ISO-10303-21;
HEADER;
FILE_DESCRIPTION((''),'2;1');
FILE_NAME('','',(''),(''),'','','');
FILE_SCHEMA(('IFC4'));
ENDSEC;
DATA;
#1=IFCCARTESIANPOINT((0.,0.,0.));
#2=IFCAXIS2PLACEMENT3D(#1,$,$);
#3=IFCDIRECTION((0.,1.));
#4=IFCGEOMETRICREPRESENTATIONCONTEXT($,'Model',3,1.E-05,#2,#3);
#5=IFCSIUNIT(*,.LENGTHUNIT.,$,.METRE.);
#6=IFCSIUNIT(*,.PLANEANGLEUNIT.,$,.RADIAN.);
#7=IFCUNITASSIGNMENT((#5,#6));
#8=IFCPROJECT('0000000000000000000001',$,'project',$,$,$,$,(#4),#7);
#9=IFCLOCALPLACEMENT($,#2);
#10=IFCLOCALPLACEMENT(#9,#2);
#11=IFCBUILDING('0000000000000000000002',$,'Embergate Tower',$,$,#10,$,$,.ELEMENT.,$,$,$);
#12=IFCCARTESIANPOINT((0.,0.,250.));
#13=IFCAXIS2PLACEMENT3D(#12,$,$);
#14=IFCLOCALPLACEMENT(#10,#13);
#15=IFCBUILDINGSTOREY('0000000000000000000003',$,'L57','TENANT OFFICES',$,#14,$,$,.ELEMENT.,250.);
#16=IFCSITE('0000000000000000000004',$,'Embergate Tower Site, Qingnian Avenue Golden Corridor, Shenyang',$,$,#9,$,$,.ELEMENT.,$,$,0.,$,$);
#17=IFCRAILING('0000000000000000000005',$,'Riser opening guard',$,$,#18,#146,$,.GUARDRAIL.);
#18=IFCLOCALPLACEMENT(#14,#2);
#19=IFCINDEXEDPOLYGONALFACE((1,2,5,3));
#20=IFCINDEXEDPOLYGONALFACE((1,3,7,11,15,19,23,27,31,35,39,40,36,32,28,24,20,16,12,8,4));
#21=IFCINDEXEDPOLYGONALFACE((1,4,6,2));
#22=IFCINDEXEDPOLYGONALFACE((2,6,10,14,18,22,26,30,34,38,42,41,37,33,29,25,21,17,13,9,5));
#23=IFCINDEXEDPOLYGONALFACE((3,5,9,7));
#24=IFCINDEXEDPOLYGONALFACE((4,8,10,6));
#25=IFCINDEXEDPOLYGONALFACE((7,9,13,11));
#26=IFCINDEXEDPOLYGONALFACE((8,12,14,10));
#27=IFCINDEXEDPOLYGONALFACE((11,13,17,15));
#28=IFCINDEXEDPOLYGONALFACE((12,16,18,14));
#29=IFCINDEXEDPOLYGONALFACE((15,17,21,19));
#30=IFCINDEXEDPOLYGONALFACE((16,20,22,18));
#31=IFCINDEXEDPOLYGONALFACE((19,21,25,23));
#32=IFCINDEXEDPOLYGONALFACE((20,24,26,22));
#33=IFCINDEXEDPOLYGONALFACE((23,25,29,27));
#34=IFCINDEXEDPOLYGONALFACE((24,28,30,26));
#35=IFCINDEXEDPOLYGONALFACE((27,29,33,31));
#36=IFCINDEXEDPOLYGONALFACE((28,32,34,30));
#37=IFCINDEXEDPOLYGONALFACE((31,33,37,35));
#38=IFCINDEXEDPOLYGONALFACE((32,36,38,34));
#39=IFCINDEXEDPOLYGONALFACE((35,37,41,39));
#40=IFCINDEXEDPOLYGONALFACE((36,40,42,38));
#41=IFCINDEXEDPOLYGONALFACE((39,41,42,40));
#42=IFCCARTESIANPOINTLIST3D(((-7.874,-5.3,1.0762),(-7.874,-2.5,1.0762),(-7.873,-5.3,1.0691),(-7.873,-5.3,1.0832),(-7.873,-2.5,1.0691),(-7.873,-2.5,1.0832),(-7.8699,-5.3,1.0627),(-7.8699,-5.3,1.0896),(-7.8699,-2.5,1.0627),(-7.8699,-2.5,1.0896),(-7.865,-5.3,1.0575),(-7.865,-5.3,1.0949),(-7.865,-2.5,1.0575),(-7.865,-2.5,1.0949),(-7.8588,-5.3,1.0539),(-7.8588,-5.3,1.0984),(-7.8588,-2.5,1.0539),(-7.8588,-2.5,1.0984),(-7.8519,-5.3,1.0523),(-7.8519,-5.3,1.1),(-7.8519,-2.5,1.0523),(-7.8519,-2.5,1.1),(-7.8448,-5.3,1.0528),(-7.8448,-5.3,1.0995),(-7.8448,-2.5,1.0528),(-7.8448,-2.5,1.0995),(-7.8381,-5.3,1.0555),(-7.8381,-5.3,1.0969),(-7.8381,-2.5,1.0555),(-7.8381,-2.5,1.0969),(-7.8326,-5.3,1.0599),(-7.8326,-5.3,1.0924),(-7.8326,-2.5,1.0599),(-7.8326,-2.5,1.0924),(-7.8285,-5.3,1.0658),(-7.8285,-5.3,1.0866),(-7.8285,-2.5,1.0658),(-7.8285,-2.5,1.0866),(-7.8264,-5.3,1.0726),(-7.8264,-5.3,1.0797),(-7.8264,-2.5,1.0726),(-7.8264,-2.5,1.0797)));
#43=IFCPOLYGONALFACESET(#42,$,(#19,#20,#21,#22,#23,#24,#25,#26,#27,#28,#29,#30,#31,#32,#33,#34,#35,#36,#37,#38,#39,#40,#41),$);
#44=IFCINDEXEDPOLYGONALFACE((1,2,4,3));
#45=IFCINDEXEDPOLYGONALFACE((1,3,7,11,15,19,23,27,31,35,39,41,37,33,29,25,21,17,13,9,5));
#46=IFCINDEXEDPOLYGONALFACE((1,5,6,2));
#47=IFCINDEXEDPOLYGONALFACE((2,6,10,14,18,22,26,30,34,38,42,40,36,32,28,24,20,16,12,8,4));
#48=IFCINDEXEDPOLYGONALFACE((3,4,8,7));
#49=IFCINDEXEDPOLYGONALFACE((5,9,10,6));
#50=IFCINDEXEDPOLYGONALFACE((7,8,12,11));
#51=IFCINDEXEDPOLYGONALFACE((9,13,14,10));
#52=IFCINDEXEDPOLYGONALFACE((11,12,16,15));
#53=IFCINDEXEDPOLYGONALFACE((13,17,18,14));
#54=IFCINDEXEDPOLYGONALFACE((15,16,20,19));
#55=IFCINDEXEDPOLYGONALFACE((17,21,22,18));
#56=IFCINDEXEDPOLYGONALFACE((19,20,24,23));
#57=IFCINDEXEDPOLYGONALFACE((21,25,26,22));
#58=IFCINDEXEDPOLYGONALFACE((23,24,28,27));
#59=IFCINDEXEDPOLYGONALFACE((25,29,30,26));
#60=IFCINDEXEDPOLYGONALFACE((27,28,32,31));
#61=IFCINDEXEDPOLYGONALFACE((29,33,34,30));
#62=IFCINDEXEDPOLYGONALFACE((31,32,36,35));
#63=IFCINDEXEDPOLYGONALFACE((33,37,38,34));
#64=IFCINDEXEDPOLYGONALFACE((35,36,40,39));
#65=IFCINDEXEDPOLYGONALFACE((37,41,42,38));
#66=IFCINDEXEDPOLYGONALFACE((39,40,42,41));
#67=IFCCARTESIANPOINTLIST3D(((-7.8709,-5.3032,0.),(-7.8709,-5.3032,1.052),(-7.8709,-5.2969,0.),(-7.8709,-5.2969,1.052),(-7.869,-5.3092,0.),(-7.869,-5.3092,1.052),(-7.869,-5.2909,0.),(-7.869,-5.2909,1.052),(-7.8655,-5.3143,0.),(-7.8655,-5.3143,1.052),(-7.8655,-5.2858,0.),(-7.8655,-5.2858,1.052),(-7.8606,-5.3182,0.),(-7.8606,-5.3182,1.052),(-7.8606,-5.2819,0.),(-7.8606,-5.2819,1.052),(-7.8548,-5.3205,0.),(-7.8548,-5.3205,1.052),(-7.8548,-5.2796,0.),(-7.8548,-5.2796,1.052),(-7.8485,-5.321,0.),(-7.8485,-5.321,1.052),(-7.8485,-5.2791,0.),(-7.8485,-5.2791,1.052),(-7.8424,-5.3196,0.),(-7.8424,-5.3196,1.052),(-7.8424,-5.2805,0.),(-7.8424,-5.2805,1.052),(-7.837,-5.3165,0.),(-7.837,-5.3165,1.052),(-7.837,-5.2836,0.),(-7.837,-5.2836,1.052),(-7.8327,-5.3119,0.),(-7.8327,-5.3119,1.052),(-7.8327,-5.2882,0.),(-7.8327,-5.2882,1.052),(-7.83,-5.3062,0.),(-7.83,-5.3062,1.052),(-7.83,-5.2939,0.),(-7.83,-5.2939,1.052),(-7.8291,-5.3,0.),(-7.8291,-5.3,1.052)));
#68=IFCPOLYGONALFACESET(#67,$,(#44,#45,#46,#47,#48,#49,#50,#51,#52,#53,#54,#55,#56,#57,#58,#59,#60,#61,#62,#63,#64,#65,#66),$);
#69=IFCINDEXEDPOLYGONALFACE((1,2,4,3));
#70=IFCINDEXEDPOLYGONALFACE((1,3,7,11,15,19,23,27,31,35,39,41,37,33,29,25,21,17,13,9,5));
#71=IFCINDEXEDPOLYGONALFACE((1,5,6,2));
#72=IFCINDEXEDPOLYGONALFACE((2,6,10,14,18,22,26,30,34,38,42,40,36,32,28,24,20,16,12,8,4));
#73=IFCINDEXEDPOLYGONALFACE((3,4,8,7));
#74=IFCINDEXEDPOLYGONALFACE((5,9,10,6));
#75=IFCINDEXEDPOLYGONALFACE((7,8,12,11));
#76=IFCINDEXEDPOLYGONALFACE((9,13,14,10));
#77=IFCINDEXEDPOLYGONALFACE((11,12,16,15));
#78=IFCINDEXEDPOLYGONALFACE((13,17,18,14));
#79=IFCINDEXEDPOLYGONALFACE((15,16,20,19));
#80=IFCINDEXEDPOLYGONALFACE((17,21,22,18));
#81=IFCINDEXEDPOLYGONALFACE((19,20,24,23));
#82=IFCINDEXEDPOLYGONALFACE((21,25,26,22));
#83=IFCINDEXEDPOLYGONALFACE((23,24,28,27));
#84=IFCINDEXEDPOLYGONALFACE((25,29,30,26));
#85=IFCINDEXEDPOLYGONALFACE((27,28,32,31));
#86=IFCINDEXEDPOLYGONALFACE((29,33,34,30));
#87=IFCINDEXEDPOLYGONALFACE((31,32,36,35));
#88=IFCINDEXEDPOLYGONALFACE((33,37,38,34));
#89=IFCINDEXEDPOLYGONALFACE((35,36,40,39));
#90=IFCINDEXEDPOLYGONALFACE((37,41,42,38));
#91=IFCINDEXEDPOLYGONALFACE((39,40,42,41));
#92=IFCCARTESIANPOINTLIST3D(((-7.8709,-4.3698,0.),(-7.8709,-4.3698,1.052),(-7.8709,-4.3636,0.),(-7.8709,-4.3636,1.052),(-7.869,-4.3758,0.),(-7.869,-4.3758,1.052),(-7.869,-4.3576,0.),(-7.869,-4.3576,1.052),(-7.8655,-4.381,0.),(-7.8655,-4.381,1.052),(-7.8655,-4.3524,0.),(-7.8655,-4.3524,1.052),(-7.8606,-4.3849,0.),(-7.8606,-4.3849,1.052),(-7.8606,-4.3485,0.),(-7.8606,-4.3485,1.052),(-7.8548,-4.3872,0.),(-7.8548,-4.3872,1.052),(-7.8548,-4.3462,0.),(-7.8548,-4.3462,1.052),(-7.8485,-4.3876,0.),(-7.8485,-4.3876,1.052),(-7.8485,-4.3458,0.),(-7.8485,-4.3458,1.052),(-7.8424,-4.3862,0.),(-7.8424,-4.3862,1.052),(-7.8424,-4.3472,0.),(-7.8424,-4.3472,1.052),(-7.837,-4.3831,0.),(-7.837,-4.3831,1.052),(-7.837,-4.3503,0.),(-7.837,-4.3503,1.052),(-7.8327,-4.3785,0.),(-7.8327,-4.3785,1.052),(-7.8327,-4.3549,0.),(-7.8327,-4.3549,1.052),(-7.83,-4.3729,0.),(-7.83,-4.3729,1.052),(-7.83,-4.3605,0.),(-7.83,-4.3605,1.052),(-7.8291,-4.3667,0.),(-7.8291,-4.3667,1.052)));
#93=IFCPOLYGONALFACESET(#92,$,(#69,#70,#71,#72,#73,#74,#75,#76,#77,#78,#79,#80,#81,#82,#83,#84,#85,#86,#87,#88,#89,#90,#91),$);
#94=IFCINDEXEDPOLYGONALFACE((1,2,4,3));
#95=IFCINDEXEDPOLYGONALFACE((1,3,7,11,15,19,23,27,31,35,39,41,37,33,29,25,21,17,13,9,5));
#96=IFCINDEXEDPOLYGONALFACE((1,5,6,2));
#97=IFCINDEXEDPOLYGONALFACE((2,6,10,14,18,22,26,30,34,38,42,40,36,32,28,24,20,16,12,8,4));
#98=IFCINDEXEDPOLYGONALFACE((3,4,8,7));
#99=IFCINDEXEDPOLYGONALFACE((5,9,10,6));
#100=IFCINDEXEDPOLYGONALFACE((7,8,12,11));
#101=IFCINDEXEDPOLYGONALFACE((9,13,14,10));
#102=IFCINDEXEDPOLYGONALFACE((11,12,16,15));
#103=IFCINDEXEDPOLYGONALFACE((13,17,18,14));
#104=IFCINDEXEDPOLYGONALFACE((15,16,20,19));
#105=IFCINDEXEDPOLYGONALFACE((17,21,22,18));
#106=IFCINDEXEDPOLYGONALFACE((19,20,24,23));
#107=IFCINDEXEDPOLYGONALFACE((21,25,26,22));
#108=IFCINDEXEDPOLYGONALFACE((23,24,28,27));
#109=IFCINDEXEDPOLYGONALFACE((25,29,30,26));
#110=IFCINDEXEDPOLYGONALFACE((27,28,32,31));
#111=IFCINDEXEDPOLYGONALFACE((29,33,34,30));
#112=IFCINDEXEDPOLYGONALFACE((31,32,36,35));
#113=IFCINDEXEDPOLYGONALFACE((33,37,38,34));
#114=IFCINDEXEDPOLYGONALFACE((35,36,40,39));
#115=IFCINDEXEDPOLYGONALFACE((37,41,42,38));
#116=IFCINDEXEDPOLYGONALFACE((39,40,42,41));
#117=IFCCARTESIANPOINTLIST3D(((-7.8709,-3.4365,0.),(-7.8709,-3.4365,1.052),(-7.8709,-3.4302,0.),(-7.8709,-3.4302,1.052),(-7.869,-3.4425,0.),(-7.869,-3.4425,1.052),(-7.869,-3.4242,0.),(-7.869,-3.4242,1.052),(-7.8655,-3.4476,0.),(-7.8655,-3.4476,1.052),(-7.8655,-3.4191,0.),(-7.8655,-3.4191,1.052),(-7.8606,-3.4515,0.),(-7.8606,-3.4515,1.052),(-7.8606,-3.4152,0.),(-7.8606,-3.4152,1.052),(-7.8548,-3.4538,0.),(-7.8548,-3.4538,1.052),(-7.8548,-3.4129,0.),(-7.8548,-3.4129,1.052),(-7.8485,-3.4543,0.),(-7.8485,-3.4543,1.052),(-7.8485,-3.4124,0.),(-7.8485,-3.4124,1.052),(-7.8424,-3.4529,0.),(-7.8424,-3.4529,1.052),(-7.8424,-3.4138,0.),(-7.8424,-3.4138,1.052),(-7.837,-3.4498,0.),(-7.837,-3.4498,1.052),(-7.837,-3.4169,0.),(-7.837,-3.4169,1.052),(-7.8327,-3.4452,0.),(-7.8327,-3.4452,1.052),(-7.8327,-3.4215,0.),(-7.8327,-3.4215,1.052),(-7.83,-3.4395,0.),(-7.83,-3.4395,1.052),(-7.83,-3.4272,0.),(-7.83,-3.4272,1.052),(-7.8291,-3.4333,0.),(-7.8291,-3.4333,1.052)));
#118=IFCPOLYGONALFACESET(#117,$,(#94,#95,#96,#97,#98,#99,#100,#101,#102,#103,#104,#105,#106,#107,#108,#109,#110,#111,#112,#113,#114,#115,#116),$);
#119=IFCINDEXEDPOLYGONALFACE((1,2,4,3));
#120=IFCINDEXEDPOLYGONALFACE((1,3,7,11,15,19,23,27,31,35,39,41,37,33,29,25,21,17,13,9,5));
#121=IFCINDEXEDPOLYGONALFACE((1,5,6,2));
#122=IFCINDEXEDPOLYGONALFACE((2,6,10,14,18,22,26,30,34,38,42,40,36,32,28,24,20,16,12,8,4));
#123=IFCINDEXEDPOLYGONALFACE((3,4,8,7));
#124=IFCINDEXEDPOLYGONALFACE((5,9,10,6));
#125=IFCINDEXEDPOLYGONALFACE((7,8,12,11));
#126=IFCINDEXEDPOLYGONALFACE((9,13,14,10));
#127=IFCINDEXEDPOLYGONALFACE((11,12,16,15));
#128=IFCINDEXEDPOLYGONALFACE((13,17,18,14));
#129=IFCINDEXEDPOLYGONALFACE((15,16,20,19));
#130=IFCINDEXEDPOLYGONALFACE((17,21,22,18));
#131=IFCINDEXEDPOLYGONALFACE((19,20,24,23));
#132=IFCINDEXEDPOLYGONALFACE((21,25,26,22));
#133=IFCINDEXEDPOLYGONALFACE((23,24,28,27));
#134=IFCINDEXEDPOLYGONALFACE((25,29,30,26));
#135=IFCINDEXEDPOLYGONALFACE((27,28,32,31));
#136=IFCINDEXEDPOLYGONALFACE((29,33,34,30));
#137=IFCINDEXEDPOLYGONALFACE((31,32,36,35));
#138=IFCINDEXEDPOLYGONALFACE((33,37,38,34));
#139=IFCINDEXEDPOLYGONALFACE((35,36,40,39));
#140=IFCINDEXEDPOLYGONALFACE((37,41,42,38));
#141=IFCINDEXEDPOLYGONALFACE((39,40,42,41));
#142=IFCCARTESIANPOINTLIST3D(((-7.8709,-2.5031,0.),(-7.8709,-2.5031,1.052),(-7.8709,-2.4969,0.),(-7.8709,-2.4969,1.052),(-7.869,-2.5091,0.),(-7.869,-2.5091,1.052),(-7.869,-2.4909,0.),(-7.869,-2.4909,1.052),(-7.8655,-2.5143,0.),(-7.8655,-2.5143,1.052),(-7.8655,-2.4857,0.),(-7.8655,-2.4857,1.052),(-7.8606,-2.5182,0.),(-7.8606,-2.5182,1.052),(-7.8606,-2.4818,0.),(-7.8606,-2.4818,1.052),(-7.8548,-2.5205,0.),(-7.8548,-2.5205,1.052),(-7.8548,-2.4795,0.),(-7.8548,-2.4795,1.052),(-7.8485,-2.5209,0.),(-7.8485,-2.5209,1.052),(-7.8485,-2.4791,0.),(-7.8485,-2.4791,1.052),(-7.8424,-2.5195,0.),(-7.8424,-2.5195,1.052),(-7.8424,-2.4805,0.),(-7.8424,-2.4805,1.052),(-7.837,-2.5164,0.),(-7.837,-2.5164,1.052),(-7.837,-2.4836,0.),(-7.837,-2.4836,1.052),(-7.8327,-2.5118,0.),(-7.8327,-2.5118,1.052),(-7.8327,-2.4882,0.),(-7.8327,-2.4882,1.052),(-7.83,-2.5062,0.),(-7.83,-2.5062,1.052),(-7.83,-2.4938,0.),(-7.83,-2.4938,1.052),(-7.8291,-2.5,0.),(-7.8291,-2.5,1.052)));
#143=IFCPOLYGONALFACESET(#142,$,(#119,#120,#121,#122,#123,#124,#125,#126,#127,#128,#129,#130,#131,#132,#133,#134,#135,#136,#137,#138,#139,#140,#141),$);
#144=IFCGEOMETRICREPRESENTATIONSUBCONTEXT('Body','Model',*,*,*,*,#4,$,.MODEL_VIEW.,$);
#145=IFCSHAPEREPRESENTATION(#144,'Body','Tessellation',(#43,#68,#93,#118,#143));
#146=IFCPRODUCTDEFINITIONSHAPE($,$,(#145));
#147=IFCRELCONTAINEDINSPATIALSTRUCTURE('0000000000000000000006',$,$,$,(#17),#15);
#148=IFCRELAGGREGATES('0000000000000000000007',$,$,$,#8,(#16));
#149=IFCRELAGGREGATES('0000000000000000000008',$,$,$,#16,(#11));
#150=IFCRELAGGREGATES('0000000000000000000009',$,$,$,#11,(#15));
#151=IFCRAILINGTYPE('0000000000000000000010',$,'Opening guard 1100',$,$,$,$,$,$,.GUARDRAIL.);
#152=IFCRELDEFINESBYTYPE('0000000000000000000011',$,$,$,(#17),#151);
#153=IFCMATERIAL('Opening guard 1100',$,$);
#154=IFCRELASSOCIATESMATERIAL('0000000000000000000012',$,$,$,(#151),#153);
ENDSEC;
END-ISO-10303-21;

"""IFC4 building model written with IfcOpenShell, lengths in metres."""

from ifc_helpers import new_model, si_unit, direction, frame, origin, origin_2d, place, context, subcontext, project, spatial, circle, extrude, source, transform, mapped, material, type_object, element, save


model = new_model("IFC4")

# Units and contexts
model_context = context("Model", 3, precision=1e-05, world=origin(), true_north=direction((0.0, 1.0)))
body_context = subcontext(model_context, "Body", "Model", "MODEL_VIEW")
ifc_project = project(units=[si_unit("LENGTHUNIT", "METRE"), si_unit("PLANEANGLEUNIT", "RADIAN")], contexts=[model_context])

# Site, building, storey
site_placement = place(None, origin())
site = spatial("IfcSite", under=ifc_project, at=site_placement, Name="Embergate Tower Site, Qingnian Avenue Golden Corridor, Shenyang", CompositionType="ELEMENT", RefElevation=0.0)
building_placement = place(site_placement, origin())
building = spatial("IfcBuilding", under=site, at=building_placement, Name="Embergate Tower", CompositionType="ELEMENT")
storey_placement = place(building_placement, frame((0.0, 0.0, 250.0)))
storey = spatial("IfcBuildingStorey", under=building, at=storey_placement, Name="L57", Description="TENANT OFFICES", CompositionType="ELEMENT", Elevation=250.0)

# Railing
ifc_material_1 = material(Name="Opening guard 1100")
railing_type = type_object("IfcRailingType", Name="Opening guard 1100", PredefinedType="GUARDRAIL", material=ifc_material_1)
shared_shape_1 = source(origin(), body_context, "Body", "SweptSolid", [
    extrude(circle(Radius=0.0239, at=origin_2d()), frame((0.0, 0.0, 1.0762), z_axis=(0.0, 1.0, 0.0), x_axis=(-1.0, 0.0, 0.0)), (0.0, 0.0, 1.0), 2.8),
    extrude(circle(Radius=0.021, at=origin_2d()), origin(), (0.0, 0.0, 1.0), 1.052),
    extrude(circle(Radius=0.021, at=origin_2d()), frame((0.0, 0.9333, 0.0)), (0.0, 0.0, 1.0), 1.052),
    extrude(circle(Radius=0.021, at=origin_2d()), frame((0.0, 1.8667, 0.0)), (0.0, 0.0, 1.0), 1.052),
    extrude(circle(Radius=0.021, at=origin_2d()), frame((0.0, 2.8, 0.0)), (0.0, 0.0, 1.0), 1.052),
])
railing_placement = place(storey_placement, frame((-7.8501, -5.3, 0.0)))
element("IfcRailing", 1, at=railing_placement, inside=storey, type_object=railing_type, Name="Riser opening guard", PredefinedType="GUARDRAIL", context=body_context, shape_type="MappedRepresentation", body=[
    mapped(shared_shape_1, transform((0.0, 0.0, 0.0))),
])

save(model, "model.ifc")
